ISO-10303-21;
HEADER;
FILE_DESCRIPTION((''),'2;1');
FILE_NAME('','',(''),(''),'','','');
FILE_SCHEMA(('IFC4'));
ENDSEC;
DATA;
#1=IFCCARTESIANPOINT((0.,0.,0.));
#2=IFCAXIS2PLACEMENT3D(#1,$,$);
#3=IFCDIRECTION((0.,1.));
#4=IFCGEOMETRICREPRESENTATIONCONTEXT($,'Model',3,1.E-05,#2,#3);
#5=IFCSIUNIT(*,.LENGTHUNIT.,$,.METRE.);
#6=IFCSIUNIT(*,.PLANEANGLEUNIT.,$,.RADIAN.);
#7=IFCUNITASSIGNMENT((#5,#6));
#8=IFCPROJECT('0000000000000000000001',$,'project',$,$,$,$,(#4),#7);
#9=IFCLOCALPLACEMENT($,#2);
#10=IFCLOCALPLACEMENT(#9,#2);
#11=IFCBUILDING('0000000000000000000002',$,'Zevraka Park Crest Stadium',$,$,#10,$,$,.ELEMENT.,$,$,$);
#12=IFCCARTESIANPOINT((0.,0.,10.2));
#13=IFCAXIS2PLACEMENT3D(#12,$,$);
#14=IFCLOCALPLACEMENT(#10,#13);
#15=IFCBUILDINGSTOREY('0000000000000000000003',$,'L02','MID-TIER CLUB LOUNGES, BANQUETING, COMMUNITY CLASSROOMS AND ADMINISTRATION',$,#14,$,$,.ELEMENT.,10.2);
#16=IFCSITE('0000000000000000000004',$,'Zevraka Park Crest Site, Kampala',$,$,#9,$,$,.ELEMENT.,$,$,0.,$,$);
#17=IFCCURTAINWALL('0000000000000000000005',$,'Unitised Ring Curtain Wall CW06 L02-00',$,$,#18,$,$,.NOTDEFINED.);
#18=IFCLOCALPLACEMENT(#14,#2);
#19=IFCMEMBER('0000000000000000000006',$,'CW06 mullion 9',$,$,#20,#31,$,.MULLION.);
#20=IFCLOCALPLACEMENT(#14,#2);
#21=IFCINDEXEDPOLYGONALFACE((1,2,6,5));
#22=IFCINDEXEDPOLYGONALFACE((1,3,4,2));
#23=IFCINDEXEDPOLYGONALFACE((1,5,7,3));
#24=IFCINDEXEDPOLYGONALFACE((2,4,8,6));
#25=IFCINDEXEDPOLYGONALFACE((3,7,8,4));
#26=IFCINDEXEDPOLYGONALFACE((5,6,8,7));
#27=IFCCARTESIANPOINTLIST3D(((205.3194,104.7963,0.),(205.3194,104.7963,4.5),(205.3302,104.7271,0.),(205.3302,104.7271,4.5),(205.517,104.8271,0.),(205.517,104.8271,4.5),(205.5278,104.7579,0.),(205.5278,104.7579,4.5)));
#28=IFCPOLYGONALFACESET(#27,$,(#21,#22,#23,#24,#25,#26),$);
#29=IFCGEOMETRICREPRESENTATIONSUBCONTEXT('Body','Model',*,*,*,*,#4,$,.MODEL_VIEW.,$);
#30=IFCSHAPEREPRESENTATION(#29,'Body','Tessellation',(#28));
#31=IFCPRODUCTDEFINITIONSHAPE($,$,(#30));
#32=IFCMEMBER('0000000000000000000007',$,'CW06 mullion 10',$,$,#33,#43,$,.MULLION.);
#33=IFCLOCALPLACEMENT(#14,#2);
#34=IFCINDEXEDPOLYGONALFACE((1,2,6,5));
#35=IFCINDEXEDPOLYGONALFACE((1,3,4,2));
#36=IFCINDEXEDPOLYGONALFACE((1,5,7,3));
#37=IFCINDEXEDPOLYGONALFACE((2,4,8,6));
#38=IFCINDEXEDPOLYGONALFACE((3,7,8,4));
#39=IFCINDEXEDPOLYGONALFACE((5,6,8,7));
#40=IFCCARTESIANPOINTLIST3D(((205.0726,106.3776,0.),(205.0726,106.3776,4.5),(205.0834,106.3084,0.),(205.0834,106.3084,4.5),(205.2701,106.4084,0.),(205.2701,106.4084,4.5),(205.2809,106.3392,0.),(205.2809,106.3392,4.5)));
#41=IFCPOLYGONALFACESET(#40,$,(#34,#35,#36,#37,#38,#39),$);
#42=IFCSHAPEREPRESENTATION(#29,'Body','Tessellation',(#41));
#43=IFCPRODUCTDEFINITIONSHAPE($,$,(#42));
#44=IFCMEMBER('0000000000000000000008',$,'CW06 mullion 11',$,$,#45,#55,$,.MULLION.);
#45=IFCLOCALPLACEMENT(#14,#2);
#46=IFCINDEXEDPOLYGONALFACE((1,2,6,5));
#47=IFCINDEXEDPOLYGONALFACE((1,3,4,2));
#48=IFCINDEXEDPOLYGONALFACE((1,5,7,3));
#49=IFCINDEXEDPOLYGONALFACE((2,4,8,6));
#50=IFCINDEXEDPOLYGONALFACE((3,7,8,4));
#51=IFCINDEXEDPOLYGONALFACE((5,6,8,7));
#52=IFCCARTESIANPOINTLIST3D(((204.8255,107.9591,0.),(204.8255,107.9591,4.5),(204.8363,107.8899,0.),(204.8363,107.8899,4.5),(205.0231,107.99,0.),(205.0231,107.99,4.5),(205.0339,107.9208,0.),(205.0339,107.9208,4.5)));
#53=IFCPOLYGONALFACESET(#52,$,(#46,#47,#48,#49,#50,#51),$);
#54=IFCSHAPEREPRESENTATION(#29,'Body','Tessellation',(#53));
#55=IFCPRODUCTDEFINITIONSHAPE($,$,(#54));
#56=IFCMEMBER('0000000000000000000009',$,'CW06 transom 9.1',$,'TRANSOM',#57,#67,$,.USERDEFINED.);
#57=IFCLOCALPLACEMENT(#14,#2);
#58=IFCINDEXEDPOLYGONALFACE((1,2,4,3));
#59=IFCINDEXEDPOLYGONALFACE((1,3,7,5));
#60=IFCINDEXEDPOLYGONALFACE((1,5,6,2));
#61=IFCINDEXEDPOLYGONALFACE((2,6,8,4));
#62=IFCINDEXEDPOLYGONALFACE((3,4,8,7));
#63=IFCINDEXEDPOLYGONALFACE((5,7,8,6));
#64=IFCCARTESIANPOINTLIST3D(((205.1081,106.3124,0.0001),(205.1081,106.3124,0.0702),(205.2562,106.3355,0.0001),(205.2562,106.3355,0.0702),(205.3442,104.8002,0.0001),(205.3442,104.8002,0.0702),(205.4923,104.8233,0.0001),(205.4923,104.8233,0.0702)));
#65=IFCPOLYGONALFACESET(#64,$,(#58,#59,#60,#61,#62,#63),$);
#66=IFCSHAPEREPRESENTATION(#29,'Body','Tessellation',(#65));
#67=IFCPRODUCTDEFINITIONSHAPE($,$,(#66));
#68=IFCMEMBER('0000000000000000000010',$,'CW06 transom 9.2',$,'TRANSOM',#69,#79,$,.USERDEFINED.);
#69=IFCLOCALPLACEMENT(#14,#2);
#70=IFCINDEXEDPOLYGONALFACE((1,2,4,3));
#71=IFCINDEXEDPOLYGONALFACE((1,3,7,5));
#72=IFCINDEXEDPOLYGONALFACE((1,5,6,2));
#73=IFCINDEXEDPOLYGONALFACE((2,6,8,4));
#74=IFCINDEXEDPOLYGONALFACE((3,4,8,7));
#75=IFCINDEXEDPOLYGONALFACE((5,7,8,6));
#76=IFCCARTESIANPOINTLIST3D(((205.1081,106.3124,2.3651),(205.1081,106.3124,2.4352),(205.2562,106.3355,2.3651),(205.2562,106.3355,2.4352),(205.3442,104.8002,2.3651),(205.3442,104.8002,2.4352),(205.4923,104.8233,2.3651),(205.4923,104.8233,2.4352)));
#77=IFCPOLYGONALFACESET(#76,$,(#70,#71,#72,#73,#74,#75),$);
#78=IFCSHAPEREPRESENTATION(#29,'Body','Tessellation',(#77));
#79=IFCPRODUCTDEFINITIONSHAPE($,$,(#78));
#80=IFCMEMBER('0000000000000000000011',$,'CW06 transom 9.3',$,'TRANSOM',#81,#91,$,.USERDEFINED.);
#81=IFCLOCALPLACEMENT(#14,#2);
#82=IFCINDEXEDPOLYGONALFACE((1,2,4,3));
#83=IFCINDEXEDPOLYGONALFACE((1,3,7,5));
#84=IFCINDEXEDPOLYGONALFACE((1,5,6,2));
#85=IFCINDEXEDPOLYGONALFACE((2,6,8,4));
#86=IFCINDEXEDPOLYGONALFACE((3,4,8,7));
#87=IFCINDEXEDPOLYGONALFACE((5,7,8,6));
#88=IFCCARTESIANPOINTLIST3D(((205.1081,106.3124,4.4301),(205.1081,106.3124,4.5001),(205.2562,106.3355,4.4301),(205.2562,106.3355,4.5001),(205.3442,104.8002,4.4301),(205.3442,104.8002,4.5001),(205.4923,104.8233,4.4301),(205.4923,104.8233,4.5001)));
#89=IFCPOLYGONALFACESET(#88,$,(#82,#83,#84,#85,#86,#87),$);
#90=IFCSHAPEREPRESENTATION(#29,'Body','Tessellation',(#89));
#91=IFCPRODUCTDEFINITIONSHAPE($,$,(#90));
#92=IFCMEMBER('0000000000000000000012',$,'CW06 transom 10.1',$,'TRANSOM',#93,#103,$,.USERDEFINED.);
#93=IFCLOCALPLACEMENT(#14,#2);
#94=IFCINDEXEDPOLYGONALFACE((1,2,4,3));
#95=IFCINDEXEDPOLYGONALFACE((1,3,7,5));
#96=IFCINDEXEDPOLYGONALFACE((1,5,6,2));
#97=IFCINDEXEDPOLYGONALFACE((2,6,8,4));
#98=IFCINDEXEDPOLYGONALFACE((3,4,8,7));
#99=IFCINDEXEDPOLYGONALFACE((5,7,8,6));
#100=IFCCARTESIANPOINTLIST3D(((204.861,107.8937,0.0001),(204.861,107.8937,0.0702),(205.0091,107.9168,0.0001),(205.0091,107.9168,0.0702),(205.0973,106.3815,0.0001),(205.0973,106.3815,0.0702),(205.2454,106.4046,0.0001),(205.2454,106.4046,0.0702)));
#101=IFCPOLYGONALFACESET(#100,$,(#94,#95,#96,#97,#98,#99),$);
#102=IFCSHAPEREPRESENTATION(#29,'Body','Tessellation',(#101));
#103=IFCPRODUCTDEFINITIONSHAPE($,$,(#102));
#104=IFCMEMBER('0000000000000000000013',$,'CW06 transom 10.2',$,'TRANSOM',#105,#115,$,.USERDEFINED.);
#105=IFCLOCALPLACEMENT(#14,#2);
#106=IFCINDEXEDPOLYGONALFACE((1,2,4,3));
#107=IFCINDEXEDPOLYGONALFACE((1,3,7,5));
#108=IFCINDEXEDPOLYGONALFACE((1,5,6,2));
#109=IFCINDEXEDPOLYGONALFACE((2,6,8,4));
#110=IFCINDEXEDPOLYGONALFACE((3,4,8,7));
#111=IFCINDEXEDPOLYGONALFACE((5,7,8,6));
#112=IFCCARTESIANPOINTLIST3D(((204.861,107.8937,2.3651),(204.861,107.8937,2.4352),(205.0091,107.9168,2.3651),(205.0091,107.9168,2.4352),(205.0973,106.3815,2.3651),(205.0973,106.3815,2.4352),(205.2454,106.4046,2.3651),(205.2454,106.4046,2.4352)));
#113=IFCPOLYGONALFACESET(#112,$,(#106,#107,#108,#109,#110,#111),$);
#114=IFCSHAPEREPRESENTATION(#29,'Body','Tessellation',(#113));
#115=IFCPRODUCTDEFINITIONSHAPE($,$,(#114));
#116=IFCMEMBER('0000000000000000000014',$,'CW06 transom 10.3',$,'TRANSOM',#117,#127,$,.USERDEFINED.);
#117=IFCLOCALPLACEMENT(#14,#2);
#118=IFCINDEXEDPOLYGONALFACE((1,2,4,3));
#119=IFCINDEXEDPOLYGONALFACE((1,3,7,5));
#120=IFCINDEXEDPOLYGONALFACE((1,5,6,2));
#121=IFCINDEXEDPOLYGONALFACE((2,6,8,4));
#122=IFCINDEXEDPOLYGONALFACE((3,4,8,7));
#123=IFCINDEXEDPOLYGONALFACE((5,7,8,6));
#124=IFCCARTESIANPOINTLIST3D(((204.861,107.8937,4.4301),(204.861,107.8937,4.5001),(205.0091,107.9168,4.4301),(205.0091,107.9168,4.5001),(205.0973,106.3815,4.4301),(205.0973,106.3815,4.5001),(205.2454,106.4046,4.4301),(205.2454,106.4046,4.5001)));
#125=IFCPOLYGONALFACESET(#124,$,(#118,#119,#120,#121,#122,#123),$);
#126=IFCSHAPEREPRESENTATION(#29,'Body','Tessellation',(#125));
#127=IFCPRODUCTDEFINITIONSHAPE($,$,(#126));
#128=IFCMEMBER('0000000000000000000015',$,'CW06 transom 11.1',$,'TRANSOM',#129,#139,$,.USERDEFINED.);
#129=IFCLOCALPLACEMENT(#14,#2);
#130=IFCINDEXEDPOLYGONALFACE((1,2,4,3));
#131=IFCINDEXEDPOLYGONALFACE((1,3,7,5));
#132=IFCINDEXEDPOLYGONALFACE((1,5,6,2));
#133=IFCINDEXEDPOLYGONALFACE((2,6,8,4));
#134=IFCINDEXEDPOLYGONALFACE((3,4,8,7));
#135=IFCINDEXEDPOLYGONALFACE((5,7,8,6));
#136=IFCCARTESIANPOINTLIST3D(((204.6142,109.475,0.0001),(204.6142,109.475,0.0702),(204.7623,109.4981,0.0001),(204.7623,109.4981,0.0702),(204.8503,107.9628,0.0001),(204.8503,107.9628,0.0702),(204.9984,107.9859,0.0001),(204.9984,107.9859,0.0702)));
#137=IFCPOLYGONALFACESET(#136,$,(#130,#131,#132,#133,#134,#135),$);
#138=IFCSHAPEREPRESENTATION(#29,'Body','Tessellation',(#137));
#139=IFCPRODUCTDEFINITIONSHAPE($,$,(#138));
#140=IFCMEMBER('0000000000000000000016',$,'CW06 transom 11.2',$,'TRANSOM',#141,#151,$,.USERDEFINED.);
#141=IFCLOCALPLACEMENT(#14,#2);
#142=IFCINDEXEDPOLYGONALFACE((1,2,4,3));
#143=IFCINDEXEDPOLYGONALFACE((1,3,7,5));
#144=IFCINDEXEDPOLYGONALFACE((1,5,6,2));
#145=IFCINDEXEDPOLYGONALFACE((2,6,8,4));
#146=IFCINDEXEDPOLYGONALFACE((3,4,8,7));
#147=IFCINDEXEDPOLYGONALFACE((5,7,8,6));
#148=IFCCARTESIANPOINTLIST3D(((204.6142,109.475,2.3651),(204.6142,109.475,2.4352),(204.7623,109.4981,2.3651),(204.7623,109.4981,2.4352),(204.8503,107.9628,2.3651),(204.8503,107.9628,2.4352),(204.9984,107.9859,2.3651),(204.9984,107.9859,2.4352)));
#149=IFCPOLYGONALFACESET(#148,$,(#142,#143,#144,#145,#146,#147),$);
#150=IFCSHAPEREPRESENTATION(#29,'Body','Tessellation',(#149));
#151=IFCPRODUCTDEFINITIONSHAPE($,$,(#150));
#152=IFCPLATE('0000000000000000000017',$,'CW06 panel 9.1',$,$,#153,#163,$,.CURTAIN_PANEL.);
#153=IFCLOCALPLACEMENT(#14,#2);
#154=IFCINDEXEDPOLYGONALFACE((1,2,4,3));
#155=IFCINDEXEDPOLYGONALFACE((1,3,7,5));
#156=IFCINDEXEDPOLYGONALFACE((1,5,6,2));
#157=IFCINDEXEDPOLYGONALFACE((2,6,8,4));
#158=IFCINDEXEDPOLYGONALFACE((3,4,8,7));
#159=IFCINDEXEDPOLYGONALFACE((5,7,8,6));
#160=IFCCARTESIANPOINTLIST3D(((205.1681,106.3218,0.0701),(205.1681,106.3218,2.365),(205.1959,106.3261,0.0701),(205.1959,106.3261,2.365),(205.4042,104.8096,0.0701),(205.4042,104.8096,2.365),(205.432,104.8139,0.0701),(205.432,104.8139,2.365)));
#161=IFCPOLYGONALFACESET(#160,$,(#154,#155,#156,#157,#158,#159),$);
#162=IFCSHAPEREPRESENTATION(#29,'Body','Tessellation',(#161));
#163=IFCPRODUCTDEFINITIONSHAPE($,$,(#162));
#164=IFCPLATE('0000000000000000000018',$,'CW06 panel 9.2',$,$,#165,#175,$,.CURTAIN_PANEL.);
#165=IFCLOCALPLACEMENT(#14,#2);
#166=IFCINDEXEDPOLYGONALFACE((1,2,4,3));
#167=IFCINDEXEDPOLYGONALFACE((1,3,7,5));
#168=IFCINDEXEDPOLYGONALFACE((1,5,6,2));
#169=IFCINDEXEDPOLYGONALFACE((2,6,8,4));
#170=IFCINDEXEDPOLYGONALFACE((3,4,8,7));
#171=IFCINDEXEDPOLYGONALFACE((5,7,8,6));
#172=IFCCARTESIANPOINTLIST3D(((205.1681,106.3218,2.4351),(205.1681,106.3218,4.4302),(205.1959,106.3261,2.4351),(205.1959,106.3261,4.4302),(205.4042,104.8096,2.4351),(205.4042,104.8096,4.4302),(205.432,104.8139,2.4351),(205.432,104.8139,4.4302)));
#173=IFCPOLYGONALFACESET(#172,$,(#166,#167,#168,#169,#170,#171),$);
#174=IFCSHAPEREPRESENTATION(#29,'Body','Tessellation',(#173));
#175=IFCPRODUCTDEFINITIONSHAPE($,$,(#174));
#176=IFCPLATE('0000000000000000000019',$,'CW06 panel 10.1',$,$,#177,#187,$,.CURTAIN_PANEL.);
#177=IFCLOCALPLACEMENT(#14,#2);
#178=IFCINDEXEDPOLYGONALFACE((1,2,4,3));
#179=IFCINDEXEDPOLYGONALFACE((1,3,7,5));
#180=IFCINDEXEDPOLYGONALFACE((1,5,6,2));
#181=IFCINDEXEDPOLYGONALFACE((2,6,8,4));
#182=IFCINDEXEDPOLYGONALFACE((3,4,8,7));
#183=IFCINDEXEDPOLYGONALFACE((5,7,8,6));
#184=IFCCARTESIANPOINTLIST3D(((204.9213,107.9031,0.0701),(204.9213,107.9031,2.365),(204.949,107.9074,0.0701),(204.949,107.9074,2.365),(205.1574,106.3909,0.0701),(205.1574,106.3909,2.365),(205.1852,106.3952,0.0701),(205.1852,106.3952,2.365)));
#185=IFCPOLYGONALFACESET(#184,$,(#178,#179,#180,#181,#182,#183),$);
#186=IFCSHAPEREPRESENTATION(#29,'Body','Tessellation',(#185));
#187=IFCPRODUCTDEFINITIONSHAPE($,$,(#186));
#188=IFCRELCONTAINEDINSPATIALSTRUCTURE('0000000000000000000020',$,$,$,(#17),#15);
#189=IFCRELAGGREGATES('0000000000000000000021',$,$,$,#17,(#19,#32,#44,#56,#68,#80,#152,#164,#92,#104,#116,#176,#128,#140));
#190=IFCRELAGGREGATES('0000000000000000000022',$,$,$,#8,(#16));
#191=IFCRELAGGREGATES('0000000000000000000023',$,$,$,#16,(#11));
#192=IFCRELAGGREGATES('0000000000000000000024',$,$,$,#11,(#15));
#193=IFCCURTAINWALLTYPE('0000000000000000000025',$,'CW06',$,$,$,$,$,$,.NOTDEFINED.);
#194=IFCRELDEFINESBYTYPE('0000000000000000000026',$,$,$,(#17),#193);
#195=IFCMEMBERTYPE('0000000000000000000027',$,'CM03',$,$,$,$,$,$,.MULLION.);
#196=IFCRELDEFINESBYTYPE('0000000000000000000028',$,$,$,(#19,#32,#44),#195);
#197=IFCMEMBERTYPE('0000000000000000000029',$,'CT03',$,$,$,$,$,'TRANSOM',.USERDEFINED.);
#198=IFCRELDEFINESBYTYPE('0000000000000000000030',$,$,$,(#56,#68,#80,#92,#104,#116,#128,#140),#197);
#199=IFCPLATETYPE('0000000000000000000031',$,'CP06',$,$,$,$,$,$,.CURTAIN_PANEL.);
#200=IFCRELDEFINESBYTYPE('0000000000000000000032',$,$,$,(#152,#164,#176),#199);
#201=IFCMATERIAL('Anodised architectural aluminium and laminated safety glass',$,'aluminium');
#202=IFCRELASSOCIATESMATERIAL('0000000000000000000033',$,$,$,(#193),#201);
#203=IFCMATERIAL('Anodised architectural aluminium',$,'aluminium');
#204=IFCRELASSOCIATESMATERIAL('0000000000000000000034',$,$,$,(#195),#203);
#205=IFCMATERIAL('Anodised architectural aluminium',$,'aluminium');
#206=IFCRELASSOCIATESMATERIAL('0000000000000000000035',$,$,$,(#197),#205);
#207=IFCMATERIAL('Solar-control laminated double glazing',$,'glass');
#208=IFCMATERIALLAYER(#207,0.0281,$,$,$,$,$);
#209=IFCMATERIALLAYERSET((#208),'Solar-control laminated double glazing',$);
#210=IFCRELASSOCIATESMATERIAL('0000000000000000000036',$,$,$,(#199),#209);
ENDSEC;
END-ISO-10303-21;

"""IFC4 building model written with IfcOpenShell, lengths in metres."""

from ifc_helpers import new_model, si_unit, direction, frame, origin, origin_2d, place, context, subcontext, project, spatial, rectangle, extrude, material, layer, layer_set, material_profile, profile_set, type_object, element, aggregate, save


model = new_model("IFC4")

# Units and contexts
model_context = context("Model", 3, precision=1e-05, world=origin(), true_north=direction((0.0, 1.0)))
body_context = subcontext(model_context, "Body", "Model", "MODEL_VIEW")
ifc_project = project(units=[si_unit("LENGTHUNIT", "METRE"), si_unit("PLANEANGLEUNIT", "RADIAN")], contexts=[model_context])

# Site, building, storey
site_placement = place(None, origin())
site = spatial("IfcSite", under=ifc_project, at=site_placement, Name="Zevraka Park Crest Site, Kampala", CompositionType="ELEMENT", RefElevation=0.0)
building_placement = place(site_placement, origin())
building = spatial("IfcBuilding", under=site, at=building_placement, Name="Zevraka Park Crest Stadium", CompositionType="ELEMENT")
storey_placement = place(building_placement, frame((0.0, 0.0, 10.2)))
storey = spatial("IfcBuildingStorey", under=building, at=storey_placement, Name="L02", Description="MID-TIER CLUB LOUNGES, BANQUETING, COMMUNITY CLASSROOMS AND ADMINISTRATION", CompositionType="ELEMENT", Elevation=10.2)

# Curtain wall, members, plates
ifc_material_1 = material(Name="Anodised architectural aluminium and laminated safety glass", Category="aluminium")
curtain_wall_type = type_object("IfcCurtainWallType", Name="CW06", PredefinedType="NOTDEFINED", material=ifc_material_1)
curtain_wall_placement = place(storey_placement, origin())
curtain_wall = element("IfcCurtainWall", 1, at=curtain_wall_placement, inside=storey, type_object=curtain_wall_type, Name="Unitised Ring Curtain Wall CW06 L02-00", PredefinedType="NOTDEFINED")
ifc_material_2 = material(Name="Anodised architectural aluminium", Category="aluminium")
ifc_material_profile_1 = material_profile(ifc_material_2, rectangle(XDim=0.2, YDim=0.0701, at=origin_2d()), Name="ALU MULLION 200x70")
ifc_profile_set_1 = profile_set([ifc_material_profile_1], Name="Anodised architectural aluminium")
member_type_1 = type_object("IfcMemberType", Name="CM03", PredefinedType="MULLION", material=ifc_profile_set_1)
member_1_placement = place(storey_placement, frame((205.4236, 104.7771, 0.0), z_axis=(0.0, 0.0, 1.0), x_axis=(-0.988028, -0.154274, 0.0)))
member_1 = element("IfcMember", 2, at=member_1_placement, type_object=member_type_1, Name="CW06 mullion 9", PredefinedType="MULLION", context=body_context, shape_type="SweptSolid", body=[
    extrude(rectangle(XDim=0.2, YDim=0.0701, at=origin_2d()), origin(), (0.0, 0.0, 1.0), 4.5),
])
member_2_placement = place(storey_placement, frame((205.1768, 106.3584, 0.0), z_axis=(0.0, 0.0, 1.0), x_axis=(-0.988028, -0.154274, 0.0)))
member_2 = element("IfcMember", 3, at=member_2_placement, type_object=member_type_1, Name="CW06 mullion 10", PredefinedType="MULLION", context=body_context, shape_type="SweptSolid", body=[
    extrude(rectangle(XDim=0.2, YDim=0.0701, at=origin_2d()), origin(), (0.0, 0.0, 1.0), 4.5),
])
member_3_placement = place(storey_placement, frame((204.9297, 107.9399, 0.0), z_axis=(0.0, 0.0, 1.0), x_axis=(-0.988028, -0.154274, 0.0)))
member_3 = element("IfcMember", 4, at=member_3_placement, type_object=member_type_1, Name="CW06 mullion 11", PredefinedType="MULLION", context=body_context, shape_type="SweptSolid", body=[
    extrude(rectangle(XDim=0.2, YDim=0.0701, at=origin_2d()), origin(), (0.0, 0.0, 1.0), 4.5),
])
ifc_material_3 = material(Name="Anodised architectural aluminium", Category="aluminium")
ifc_material_profile_2 = material_profile(ifc_material_3, rectangle(XDim=0.1499, YDim=0.0701, at=origin_2d()), Name="ALU TRANSOM 150x70")
ifc_profile_set_2 = profile_set([ifc_material_profile_2], Name="Anodised architectural aluminium")
member_type_2 = type_object("IfcMemberType", Name="CT03", ElementType="TRANSOM", PredefinedType="USERDEFINED", material=ifc_profile_set_2)
member_4_placement = place(storey_placement, frame((205.4182, 104.8118, 0.0352), z_axis=(-0.15425, 0.988032, 0.0), x_axis=(-0.988032, -0.15425, 0.0)))
member_4 = element("IfcMember", 5, at=member_4_placement, type_object=member_type_2, Name="CW06 transom 9.1", ObjectType="TRANSOM", PredefinedType="USERDEFINED", context=body_context, shape_type="SweptSolid", body=[
    extrude(rectangle(XDim=0.1499, YDim=0.0701, at=origin_2d()), origin(), (0.0, 0.0, 1.0), 1.5305),
])
member_5_placement = place(storey_placement, frame((205.4182, 104.8118, 2.4001), z_axis=(-0.15425, 0.988032, 0.0), x_axis=(-0.988032, -0.15425, 0.0)))
member_5 = element("IfcMember", 6, at=member_5_placement, type_object=member_type_2, Name="CW06 transom 9.2", ObjectType="TRANSOM", PredefinedType="USERDEFINED", context=body_context, shape_type="SweptSolid", body=[
    extrude(rectangle(XDim=0.1499, YDim=0.0701, at=origin_2d()), origin(), (0.0, 0.0, 1.0), 1.5305),
])
member_6_placement = place(storey_placement, frame((205.4182, 104.8118, 4.4651), z_axis=(-0.15425, 0.988032, 0.0), x_axis=(-0.988032, -0.15425, 0.0)))
member_6 = element("IfcMember", 7, at=member_6_placement, type_object=member_type_2, Name="CW06 transom 9.3", ObjectType="TRANSOM", PredefinedType="USERDEFINED", context=body_context, shape_type="SweptSolid", body=[
    extrude(rectangle(XDim=0.1499, YDim=0.0701, at=origin_2d()), origin(), (0.0, 0.0, 1.0), 1.5305),
])
member_7_placement = place(storey_placement, frame((205.1714, 106.3931, 0.0352), z_axis=(-0.154406, 0.988007, 0.0), x_axis=(-0.988007, -0.154406, 0.0)))
member_7 = element("IfcMember", 8, at=member_7_placement, type_object=member_type_2, Name="CW06 transom 10.1", ObjectType="TRANSOM", PredefinedType="USERDEFINED", context=body_context, shape_type="SweptSolid", body=[
    extrude(rectangle(XDim=0.1499, YDim=0.0701, at=origin_2d()), origin(), (0.0, 0.0, 1.0), 1.5305),
])
member_8_placement = place(storey_placement, frame((205.1714, 106.3931, 2.4001), z_axis=(-0.154406, 0.988007, 0.0), x_axis=(-0.988007, -0.154406, 0.0)))
member_8 = element("IfcMember", 9, at=member_8_placement, type_object=member_type_2, Name="CW06 transom 10.2", ObjectType="TRANSOM", PredefinedType="USERDEFINED", context=body_context, shape_type="SweptSolid", body=[
    extrude(rectangle(XDim=0.1499, YDim=0.0701, at=origin_2d()), origin(), (0.0, 0.0, 1.0), 1.5305),
])
member_9_placement = place(storey_placement, frame((205.1714, 106.3931, 4.4651), z_axis=(-0.154406, 0.988007, 0.0), x_axis=(-0.988007, -0.154406, 0.0)))
member_9 = element("IfcMember", 10, at=member_9_placement, type_object=member_type_2, Name="CW06 transom 10.3", ObjectType="TRANSOM", PredefinedType="USERDEFINED", context=body_context, shape_type="SweptSolid", body=[
    extrude(rectangle(XDim=0.1499, YDim=0.0701, at=origin_2d()), origin(), (0.0, 0.0, 1.0), 1.5305),
])
member_10_placement = place(storey_placement, frame((204.9243, 107.9744, 0.0352), z_axis=(-0.15425, 0.988032, 0.0), x_axis=(-0.988032, -0.15425, 0.0)))
member_10 = element("IfcMember", 11, at=member_10_placement, type_object=member_type_2, Name="CW06 transom 11.1", ObjectType="TRANSOM", PredefinedType="USERDEFINED", context=body_context, shape_type="SweptSolid", body=[
    extrude(rectangle(XDim=0.1499, YDim=0.0701, at=origin_2d()), origin(), (0.0, 0.0, 1.0), 1.5305),
])
member_11_placement = place(storey_placement, frame((204.9243, 107.9744, 2.4001), z_axis=(-0.15425, 0.988032, 0.0), x_axis=(-0.988032, -0.15425, 0.0)))
member_11 = element("IfcMember", 12, at=member_11_placement, type_object=member_type_2, Name="CW06 transom 11.2", ObjectType="TRANSOM", PredefinedType="USERDEFINED", context=body_context, shape_type="SweptSolid", body=[
    extrude(rectangle(XDim=0.1499, YDim=0.0701, at=origin_2d()), origin(), (0.0, 0.0, 1.0), 1.5305),
])
ifc_material_4 = material(Name="Solar-control laminated double glazing", Category="glass")
ifc_layer_1 = layer(ifc_material_4, 0.0281)
ifc_layer_set_1 = layer_set([ifc_layer_1], Name="Solar-control laminated double glazing")
plate_type = type_object("IfcPlateType", Name="CP06", PredefinedType="CURTAIN_PANEL", material=ifc_layer_set_1)
plate_1_placement = place(storey_placement, frame((205.3, 105.5679, 0.0701), z_axis=(0.0, 0.0, 1.0), x_axis=(-0.154274, 0.988028, 0.0)))
plate_1 = element("IfcPlate", 13, at=plate_1_placement, type_object=plate_type, Name="CW06 panel 9.1", PredefinedType="CURTAIN_PANEL", context=body_context, shape_type="SweptSolid", body=[
    extrude(rectangle(XDim=1.5305, YDim=0.0281, at=origin_2d()), origin(), (0.0, 0.0, 1.0), 2.2949),
])
plate_2_placement = place(storey_placement, frame((205.3, 105.5679, 2.4351), z_axis=(0.0, 0.0, 1.0), x_axis=(-0.154274, 0.988028, 0.0)))
plate_2 = element("IfcPlate", 14, at=plate_2_placement, type_object=plate_type, Name="CW06 panel 9.2", PredefinedType="CURTAIN_PANEL", context=body_context, shape_type="SweptSolid", body=[
    extrude(rectangle(XDim=1.5305, YDim=0.0281, at=origin_2d()), origin(), (0.0, 0.0, 1.0), 1.9951),
])
plate_3_placement = place(storey_placement, frame((205.0532, 107.1492, 0.0701), z_axis=(0.0, 0.0, 1.0), x_axis=(-0.154274, 0.988028, 0.0)))
plate_3 = element("IfcPlate", 15, at=plate_3_placement, type_object=plate_type, Name="CW06 panel 10.1", PredefinedType="CURTAIN_PANEL", context=body_context, shape_type="SweptSolid", body=[
    extrude(rectangle(XDim=1.5305, YDim=0.0281, at=origin_2d()), origin(), (0.0, 0.0, 1.0), 2.2949),
])
aggregate(curtain_wall, [member_1, member_2, member_3, member_4, member_5, member_6, plate_1, plate_2, member_7, member_8, member_9, plate_3, member_10, member_11])

save(model, "model.ifc")
